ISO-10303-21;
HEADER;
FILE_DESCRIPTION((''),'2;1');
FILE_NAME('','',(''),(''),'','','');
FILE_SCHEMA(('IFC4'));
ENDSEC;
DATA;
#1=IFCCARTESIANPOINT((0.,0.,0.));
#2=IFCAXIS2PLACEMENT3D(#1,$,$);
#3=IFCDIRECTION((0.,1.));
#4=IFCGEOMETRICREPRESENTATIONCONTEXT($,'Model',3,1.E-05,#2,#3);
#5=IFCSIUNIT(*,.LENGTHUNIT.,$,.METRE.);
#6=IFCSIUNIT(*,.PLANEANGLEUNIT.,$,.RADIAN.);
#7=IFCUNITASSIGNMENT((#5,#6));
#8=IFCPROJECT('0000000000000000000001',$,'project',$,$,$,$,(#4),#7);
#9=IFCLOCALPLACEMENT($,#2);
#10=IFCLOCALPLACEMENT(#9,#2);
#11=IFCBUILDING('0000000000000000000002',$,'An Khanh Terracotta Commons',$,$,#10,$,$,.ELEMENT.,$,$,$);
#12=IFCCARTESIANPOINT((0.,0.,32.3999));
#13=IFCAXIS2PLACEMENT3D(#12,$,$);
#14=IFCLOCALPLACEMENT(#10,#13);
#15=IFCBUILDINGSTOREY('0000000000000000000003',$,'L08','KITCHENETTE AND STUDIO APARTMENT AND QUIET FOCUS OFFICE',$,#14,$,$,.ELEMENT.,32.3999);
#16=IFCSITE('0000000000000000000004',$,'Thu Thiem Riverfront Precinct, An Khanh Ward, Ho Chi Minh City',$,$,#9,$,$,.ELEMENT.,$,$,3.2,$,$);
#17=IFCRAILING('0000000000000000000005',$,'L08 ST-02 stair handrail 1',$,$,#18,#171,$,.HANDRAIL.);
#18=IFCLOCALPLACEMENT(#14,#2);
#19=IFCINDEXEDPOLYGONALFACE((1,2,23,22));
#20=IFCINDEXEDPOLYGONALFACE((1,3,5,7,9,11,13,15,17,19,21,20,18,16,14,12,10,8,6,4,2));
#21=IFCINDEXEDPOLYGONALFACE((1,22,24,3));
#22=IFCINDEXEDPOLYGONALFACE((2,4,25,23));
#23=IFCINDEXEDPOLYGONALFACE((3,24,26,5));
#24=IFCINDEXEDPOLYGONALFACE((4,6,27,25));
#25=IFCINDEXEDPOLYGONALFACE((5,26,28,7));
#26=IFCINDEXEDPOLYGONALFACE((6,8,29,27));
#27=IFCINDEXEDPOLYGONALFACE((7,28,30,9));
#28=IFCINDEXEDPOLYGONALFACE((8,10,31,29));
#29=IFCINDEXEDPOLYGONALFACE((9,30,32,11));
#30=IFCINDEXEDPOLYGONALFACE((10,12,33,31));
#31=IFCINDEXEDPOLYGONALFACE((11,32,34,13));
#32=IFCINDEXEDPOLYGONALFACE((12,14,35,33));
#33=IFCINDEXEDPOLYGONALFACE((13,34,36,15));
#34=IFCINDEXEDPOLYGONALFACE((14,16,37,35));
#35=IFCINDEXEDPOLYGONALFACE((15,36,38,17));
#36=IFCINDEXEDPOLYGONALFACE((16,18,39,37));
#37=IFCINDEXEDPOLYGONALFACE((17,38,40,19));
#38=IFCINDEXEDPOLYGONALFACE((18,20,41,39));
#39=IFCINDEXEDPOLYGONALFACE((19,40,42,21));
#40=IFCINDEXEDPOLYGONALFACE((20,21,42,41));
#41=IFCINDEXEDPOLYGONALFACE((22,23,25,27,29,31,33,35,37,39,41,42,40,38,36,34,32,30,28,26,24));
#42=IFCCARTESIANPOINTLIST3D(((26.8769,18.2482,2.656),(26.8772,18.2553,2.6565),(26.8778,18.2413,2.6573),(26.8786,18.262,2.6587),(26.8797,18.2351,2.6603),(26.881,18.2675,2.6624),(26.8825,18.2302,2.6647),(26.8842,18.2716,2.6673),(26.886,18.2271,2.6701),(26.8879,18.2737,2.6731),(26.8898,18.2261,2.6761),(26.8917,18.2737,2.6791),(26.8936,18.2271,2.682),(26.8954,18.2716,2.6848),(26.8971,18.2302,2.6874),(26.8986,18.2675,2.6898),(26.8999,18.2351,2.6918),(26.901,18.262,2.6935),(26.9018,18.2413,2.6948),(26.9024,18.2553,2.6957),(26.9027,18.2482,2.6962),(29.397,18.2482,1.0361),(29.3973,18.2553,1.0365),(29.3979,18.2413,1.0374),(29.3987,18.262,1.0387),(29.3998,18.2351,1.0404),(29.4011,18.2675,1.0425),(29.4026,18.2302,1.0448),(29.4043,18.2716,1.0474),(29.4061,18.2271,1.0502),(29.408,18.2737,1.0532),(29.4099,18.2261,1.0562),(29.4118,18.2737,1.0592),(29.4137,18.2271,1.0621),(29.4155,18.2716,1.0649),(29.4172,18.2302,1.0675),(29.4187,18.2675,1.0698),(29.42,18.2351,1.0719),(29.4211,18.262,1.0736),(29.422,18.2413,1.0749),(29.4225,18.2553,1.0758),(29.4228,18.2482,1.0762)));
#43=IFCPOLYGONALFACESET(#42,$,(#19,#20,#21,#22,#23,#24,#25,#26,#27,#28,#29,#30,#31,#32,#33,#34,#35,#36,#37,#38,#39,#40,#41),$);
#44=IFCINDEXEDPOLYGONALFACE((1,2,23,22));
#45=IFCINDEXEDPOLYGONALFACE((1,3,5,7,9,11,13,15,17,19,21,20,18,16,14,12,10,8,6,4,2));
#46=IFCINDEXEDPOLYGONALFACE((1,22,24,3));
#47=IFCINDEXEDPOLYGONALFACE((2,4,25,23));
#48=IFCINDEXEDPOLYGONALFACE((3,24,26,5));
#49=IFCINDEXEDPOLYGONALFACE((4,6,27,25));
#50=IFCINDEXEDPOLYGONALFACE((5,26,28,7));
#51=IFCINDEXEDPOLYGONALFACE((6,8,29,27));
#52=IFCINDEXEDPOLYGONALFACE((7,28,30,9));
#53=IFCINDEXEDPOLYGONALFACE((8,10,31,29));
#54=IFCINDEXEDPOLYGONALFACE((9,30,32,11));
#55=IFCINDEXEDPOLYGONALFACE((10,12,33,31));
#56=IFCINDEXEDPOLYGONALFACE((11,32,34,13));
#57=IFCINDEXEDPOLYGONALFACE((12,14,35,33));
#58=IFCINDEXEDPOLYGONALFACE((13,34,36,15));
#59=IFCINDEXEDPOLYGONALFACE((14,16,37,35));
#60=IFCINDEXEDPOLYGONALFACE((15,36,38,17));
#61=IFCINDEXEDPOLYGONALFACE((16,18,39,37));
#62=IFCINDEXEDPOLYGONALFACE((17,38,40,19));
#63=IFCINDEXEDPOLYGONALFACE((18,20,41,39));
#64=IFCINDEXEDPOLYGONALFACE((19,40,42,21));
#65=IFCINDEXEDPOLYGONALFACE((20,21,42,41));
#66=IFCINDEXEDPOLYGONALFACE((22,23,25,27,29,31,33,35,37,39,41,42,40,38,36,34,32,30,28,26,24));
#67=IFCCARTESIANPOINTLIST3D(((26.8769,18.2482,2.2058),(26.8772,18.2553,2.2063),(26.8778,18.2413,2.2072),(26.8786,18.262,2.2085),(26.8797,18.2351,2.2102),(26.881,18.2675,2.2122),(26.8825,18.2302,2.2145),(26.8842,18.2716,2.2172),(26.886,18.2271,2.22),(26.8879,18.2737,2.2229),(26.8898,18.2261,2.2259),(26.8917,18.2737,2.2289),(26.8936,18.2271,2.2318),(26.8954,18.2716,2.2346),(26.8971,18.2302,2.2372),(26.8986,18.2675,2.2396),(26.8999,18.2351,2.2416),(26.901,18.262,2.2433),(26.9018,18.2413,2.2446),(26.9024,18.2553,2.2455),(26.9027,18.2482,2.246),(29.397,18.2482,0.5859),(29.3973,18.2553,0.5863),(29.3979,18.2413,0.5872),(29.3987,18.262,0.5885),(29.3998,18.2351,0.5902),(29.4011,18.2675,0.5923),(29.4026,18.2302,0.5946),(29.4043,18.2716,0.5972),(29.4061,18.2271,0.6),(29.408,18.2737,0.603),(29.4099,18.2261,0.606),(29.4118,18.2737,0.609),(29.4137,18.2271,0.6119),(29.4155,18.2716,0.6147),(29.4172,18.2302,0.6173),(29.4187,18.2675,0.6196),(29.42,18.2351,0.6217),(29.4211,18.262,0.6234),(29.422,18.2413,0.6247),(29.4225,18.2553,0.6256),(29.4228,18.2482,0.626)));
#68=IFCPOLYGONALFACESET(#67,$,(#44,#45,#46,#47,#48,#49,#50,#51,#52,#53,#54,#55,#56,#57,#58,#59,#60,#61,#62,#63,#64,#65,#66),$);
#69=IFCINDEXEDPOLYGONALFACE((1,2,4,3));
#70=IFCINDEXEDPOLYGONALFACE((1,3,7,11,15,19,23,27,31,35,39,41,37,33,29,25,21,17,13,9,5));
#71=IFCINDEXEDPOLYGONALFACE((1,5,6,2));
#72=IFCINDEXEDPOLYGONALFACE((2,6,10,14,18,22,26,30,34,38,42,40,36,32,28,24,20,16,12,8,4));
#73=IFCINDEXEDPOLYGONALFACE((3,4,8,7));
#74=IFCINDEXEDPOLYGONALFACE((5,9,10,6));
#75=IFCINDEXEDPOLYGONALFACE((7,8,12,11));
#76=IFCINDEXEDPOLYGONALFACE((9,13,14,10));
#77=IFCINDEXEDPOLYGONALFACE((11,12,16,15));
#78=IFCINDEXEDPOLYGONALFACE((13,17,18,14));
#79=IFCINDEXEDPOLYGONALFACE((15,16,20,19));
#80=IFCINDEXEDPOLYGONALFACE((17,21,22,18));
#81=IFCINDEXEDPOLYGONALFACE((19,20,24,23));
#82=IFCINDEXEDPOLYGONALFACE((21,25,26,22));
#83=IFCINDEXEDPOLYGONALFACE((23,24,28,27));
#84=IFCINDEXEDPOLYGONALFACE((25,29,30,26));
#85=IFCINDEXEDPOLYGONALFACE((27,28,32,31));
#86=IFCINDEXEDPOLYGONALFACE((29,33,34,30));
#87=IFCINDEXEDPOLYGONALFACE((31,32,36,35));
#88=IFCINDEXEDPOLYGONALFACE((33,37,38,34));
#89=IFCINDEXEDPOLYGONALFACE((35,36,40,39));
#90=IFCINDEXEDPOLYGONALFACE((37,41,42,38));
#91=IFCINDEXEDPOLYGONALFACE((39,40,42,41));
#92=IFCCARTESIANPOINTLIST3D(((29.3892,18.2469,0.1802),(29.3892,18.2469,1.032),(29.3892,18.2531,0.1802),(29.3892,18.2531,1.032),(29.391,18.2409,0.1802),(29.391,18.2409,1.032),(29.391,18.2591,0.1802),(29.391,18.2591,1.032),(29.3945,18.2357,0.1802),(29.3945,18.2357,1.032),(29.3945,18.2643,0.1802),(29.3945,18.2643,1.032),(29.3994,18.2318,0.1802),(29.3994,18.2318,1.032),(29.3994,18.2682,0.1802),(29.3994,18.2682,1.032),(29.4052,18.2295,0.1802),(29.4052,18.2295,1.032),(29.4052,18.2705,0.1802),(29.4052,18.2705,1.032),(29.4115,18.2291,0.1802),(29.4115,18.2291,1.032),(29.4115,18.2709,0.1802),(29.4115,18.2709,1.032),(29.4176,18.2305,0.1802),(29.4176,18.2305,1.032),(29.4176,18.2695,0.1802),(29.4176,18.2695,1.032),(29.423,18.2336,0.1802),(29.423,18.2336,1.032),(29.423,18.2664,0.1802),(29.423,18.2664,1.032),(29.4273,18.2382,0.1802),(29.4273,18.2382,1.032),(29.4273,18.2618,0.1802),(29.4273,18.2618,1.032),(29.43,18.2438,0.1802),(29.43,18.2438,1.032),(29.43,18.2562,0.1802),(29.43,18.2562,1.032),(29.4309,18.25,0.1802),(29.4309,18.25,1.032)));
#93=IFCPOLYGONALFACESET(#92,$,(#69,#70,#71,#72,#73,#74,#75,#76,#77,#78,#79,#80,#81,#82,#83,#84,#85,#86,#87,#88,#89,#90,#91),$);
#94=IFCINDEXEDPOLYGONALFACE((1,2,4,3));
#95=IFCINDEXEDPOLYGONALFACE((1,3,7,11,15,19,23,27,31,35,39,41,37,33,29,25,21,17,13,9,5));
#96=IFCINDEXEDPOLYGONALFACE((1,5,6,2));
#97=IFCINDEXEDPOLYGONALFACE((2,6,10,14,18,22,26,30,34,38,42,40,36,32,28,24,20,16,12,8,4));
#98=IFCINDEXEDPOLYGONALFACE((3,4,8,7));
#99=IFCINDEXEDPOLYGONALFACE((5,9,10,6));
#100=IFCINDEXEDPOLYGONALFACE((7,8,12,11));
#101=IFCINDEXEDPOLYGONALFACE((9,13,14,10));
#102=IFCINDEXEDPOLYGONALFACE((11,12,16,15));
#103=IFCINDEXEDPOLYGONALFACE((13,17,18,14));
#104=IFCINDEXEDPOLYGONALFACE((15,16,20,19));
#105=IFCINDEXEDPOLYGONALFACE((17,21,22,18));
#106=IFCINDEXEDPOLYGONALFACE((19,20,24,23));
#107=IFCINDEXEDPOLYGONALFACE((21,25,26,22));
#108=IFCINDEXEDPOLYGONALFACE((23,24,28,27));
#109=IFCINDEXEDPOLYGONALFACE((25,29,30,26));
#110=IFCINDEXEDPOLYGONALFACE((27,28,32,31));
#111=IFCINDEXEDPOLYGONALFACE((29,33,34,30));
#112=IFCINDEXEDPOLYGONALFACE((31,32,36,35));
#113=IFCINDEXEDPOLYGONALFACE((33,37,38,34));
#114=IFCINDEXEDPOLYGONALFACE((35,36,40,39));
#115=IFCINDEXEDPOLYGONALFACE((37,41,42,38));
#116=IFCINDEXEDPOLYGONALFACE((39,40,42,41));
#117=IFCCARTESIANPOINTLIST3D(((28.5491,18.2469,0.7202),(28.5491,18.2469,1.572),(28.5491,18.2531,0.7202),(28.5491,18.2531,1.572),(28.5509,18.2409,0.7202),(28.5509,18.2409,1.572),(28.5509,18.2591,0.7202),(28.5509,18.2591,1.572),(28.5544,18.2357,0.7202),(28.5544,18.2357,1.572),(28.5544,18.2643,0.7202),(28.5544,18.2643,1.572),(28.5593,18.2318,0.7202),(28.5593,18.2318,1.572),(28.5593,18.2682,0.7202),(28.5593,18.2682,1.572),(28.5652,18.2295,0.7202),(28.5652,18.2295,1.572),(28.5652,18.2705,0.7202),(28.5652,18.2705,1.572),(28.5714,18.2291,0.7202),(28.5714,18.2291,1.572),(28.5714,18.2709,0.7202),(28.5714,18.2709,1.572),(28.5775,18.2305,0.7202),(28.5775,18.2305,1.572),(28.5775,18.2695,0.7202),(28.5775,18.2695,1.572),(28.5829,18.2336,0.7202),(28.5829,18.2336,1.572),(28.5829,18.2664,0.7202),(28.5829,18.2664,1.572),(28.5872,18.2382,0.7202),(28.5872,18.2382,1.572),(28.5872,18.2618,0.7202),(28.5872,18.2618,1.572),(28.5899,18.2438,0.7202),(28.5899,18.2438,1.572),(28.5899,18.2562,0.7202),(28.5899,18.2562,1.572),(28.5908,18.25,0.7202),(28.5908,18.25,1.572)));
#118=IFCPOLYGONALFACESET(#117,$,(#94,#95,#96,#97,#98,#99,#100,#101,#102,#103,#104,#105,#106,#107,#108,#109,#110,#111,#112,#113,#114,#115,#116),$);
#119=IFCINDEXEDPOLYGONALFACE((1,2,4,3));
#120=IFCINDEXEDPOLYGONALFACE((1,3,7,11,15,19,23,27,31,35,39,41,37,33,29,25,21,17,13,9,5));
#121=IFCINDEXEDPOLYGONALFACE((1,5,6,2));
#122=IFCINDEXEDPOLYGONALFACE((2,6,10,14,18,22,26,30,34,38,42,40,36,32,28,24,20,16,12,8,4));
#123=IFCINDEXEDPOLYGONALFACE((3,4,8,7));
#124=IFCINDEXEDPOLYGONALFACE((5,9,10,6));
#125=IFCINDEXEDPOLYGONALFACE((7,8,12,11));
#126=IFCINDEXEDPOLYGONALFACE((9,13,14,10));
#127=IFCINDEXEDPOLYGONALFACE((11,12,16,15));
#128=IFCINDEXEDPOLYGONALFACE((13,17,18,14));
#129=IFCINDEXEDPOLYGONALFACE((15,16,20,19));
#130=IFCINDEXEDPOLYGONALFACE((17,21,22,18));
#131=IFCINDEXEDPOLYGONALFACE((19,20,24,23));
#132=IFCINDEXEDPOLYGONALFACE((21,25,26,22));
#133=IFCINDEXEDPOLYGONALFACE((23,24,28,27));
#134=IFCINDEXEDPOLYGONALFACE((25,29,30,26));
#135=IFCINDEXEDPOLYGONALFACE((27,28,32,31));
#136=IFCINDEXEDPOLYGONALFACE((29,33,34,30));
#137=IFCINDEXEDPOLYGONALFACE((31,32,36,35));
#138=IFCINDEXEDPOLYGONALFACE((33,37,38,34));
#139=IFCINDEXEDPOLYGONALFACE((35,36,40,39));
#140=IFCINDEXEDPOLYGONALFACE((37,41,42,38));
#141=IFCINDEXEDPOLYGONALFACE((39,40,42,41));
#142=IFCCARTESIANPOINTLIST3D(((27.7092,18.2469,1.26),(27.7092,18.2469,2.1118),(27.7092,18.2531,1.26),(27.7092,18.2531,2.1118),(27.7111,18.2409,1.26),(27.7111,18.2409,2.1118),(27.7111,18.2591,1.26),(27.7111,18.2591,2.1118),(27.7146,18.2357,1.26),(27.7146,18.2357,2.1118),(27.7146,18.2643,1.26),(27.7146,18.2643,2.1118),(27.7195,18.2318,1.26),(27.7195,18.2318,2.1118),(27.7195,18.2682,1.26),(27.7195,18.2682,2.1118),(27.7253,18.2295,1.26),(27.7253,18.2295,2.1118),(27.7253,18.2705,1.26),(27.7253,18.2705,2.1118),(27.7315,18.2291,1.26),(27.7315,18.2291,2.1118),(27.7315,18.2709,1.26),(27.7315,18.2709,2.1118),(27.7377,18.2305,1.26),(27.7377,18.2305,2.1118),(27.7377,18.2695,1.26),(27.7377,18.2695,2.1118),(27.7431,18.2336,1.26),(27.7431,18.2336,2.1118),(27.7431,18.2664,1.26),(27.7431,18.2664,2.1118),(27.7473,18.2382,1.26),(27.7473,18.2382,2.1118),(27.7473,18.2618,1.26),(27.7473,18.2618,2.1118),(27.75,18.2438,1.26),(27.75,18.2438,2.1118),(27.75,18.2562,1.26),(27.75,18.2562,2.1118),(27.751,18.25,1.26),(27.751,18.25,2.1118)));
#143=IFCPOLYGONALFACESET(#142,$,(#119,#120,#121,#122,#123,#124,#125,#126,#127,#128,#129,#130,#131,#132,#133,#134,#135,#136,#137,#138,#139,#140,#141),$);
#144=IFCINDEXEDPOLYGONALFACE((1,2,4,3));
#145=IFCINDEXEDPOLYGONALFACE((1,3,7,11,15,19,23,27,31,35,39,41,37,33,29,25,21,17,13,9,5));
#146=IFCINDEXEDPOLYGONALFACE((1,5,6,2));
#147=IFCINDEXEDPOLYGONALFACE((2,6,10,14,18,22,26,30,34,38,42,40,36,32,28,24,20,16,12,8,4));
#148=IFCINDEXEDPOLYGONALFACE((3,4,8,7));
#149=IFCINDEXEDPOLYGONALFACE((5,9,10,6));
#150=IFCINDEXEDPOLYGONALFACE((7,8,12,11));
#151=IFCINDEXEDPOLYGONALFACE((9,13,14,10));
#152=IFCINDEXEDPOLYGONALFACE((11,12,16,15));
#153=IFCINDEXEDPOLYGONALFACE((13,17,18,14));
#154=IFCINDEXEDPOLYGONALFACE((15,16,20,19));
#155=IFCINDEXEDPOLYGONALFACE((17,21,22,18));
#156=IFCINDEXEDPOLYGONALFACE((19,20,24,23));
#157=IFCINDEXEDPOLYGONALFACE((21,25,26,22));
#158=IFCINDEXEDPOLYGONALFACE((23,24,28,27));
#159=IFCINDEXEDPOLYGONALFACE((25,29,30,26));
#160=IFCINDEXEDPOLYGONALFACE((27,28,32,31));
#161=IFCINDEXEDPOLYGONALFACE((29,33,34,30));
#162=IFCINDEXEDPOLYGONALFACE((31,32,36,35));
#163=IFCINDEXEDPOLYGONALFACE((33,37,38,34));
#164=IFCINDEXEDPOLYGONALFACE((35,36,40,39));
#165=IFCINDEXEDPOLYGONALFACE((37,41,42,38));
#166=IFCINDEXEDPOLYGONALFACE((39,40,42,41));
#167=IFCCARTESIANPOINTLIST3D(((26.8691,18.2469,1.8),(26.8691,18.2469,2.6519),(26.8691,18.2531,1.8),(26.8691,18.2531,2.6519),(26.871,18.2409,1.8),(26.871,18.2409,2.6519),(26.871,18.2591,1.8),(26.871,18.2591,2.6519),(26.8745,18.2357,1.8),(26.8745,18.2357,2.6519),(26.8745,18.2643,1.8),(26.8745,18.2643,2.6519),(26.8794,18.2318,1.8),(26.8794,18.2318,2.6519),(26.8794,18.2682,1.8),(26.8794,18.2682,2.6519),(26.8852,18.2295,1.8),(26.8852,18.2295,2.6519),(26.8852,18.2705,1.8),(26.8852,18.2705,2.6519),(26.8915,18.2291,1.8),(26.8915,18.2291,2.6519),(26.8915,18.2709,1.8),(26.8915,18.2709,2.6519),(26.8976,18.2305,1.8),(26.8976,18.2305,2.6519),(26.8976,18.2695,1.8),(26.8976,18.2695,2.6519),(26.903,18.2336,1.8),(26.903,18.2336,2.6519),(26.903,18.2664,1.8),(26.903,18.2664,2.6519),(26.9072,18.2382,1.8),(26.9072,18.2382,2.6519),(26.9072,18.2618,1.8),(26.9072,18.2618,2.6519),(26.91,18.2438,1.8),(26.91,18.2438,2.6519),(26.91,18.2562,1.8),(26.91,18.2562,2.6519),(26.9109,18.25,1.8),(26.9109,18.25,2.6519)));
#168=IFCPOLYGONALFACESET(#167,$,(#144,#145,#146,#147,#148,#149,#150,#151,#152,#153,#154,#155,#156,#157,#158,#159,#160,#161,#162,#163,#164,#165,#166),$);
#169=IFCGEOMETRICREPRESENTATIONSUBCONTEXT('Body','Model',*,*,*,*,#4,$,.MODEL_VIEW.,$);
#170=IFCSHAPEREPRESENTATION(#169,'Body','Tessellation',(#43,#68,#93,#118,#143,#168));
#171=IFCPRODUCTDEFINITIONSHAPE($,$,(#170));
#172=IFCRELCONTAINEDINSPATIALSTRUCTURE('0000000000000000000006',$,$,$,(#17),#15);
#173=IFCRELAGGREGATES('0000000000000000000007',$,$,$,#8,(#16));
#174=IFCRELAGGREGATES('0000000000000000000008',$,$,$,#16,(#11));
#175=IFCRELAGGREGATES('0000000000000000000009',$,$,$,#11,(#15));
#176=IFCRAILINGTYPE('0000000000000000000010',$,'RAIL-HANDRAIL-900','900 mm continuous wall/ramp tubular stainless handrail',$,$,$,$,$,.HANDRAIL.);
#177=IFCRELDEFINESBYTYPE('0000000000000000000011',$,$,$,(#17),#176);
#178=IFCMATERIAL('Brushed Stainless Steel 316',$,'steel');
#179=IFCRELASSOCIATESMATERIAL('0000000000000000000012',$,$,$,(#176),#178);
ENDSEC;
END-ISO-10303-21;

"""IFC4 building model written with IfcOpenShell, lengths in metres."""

from ifc_helpers import new_model, si_unit, direction, frame, origin, origin_2d, place, context, subcontext, project, spatial, circle, extrude, material, type_object, element, save


model = new_model("IFC4")

# Units and contexts
model_context = context("Model", 3, precision=1e-05, world=origin(), true_north=direction((0.0, 1.0)))
body_context = subcontext(model_context, "Body", "Model", "MODEL_VIEW")
ifc_project = project(units=[si_unit("LENGTHUNIT", "METRE"), si_unit("PLANEANGLEUNIT", "RADIAN")], contexts=[model_context])

# Site, building, storey
site_placement = place(None, origin())
site = spatial("IfcSite", under=ifc_project, at=site_placement, Name="Thu Thiem Riverfront Precinct, An Khanh Ward, Ho Chi Minh City", CompositionType="ELEMENT", RefElevation=3.2)
building_placement = place(site_placement, origin())
building = spatial("IfcBuilding", under=site, at=building_placement, Name="An Khanh Terracotta Commons", CompositionType="ELEMENT")
storey_placement = place(building_placement, frame((0.0, 0.0, 32.3999)))
storey = spatial("IfcBuildingStorey", under=building, at=storey_placement, Name="L08", Description="KITCHENETTE AND STUDIO APARTMENT AND QUIET FOCUS OFFICE", CompositionType="ELEMENT", Elevation=32.3999)

# Railing
ifc_material_1 = material(Name="Brushed Stainless Steel 316", Category="steel")
railing_type = type_object("IfcRailingType", Name="RAIL-HANDRAIL-900", Description="900 mm continuous wall/ramp tubular stainless handrail", PredefinedType="HANDRAIL", material=ifc_material_1)
railing_placement = place(storey_placement, frame((29.4099, 18.25, 0.1802)))
element("IfcRailing", 1, at=railing_placement, inside=storey, type_object=railing_type, Name="L08 ST-02 stair handrail 1", PredefinedType="HANDRAIL", context=body_context, shape_type="SweptSolid", body=[
    extrude(circle(Radius=0.0239, at=origin_2d()), frame((0.0, 0.0, 0.876), z_axis=(-0.8412, 0.0, 0.540725), x_axis=(0.0, -1.0, 0.0)), (0.0, 0.0, 1.0), 2.9958),
    extrude(circle(Radius=0.0239, at=origin_2d()), frame((0.0, 0.0, 0.4258), z_axis=(-0.8412, 0.0, 0.540725), x_axis=(0.0, -1.0, 0.0)), (0.0, 0.0, 1.0), 2.9958),
    extrude(circle(Radius=0.021, at=origin_2d()), origin(), (0.0, 0.0, 1.0), 0.8518),
    extrude(circle(Radius=0.021, at=origin_2d()), frame((-0.8401, 0.0, 0.54)), (0.0, 0.0, 1.0), 0.8518),
    extrude(circle(Radius=0.021, at=origin_2d()), frame((-1.6799, 0.0, 1.0798)), (0.0, 0.0, 1.0), 0.8518),
    extrude(circle(Radius=0.021, at=origin_2d()), frame((-2.52, 0.0, 1.6199)), (0.0, 0.0, 1.0), 0.8518),
])

save(model, "model.ifc")
